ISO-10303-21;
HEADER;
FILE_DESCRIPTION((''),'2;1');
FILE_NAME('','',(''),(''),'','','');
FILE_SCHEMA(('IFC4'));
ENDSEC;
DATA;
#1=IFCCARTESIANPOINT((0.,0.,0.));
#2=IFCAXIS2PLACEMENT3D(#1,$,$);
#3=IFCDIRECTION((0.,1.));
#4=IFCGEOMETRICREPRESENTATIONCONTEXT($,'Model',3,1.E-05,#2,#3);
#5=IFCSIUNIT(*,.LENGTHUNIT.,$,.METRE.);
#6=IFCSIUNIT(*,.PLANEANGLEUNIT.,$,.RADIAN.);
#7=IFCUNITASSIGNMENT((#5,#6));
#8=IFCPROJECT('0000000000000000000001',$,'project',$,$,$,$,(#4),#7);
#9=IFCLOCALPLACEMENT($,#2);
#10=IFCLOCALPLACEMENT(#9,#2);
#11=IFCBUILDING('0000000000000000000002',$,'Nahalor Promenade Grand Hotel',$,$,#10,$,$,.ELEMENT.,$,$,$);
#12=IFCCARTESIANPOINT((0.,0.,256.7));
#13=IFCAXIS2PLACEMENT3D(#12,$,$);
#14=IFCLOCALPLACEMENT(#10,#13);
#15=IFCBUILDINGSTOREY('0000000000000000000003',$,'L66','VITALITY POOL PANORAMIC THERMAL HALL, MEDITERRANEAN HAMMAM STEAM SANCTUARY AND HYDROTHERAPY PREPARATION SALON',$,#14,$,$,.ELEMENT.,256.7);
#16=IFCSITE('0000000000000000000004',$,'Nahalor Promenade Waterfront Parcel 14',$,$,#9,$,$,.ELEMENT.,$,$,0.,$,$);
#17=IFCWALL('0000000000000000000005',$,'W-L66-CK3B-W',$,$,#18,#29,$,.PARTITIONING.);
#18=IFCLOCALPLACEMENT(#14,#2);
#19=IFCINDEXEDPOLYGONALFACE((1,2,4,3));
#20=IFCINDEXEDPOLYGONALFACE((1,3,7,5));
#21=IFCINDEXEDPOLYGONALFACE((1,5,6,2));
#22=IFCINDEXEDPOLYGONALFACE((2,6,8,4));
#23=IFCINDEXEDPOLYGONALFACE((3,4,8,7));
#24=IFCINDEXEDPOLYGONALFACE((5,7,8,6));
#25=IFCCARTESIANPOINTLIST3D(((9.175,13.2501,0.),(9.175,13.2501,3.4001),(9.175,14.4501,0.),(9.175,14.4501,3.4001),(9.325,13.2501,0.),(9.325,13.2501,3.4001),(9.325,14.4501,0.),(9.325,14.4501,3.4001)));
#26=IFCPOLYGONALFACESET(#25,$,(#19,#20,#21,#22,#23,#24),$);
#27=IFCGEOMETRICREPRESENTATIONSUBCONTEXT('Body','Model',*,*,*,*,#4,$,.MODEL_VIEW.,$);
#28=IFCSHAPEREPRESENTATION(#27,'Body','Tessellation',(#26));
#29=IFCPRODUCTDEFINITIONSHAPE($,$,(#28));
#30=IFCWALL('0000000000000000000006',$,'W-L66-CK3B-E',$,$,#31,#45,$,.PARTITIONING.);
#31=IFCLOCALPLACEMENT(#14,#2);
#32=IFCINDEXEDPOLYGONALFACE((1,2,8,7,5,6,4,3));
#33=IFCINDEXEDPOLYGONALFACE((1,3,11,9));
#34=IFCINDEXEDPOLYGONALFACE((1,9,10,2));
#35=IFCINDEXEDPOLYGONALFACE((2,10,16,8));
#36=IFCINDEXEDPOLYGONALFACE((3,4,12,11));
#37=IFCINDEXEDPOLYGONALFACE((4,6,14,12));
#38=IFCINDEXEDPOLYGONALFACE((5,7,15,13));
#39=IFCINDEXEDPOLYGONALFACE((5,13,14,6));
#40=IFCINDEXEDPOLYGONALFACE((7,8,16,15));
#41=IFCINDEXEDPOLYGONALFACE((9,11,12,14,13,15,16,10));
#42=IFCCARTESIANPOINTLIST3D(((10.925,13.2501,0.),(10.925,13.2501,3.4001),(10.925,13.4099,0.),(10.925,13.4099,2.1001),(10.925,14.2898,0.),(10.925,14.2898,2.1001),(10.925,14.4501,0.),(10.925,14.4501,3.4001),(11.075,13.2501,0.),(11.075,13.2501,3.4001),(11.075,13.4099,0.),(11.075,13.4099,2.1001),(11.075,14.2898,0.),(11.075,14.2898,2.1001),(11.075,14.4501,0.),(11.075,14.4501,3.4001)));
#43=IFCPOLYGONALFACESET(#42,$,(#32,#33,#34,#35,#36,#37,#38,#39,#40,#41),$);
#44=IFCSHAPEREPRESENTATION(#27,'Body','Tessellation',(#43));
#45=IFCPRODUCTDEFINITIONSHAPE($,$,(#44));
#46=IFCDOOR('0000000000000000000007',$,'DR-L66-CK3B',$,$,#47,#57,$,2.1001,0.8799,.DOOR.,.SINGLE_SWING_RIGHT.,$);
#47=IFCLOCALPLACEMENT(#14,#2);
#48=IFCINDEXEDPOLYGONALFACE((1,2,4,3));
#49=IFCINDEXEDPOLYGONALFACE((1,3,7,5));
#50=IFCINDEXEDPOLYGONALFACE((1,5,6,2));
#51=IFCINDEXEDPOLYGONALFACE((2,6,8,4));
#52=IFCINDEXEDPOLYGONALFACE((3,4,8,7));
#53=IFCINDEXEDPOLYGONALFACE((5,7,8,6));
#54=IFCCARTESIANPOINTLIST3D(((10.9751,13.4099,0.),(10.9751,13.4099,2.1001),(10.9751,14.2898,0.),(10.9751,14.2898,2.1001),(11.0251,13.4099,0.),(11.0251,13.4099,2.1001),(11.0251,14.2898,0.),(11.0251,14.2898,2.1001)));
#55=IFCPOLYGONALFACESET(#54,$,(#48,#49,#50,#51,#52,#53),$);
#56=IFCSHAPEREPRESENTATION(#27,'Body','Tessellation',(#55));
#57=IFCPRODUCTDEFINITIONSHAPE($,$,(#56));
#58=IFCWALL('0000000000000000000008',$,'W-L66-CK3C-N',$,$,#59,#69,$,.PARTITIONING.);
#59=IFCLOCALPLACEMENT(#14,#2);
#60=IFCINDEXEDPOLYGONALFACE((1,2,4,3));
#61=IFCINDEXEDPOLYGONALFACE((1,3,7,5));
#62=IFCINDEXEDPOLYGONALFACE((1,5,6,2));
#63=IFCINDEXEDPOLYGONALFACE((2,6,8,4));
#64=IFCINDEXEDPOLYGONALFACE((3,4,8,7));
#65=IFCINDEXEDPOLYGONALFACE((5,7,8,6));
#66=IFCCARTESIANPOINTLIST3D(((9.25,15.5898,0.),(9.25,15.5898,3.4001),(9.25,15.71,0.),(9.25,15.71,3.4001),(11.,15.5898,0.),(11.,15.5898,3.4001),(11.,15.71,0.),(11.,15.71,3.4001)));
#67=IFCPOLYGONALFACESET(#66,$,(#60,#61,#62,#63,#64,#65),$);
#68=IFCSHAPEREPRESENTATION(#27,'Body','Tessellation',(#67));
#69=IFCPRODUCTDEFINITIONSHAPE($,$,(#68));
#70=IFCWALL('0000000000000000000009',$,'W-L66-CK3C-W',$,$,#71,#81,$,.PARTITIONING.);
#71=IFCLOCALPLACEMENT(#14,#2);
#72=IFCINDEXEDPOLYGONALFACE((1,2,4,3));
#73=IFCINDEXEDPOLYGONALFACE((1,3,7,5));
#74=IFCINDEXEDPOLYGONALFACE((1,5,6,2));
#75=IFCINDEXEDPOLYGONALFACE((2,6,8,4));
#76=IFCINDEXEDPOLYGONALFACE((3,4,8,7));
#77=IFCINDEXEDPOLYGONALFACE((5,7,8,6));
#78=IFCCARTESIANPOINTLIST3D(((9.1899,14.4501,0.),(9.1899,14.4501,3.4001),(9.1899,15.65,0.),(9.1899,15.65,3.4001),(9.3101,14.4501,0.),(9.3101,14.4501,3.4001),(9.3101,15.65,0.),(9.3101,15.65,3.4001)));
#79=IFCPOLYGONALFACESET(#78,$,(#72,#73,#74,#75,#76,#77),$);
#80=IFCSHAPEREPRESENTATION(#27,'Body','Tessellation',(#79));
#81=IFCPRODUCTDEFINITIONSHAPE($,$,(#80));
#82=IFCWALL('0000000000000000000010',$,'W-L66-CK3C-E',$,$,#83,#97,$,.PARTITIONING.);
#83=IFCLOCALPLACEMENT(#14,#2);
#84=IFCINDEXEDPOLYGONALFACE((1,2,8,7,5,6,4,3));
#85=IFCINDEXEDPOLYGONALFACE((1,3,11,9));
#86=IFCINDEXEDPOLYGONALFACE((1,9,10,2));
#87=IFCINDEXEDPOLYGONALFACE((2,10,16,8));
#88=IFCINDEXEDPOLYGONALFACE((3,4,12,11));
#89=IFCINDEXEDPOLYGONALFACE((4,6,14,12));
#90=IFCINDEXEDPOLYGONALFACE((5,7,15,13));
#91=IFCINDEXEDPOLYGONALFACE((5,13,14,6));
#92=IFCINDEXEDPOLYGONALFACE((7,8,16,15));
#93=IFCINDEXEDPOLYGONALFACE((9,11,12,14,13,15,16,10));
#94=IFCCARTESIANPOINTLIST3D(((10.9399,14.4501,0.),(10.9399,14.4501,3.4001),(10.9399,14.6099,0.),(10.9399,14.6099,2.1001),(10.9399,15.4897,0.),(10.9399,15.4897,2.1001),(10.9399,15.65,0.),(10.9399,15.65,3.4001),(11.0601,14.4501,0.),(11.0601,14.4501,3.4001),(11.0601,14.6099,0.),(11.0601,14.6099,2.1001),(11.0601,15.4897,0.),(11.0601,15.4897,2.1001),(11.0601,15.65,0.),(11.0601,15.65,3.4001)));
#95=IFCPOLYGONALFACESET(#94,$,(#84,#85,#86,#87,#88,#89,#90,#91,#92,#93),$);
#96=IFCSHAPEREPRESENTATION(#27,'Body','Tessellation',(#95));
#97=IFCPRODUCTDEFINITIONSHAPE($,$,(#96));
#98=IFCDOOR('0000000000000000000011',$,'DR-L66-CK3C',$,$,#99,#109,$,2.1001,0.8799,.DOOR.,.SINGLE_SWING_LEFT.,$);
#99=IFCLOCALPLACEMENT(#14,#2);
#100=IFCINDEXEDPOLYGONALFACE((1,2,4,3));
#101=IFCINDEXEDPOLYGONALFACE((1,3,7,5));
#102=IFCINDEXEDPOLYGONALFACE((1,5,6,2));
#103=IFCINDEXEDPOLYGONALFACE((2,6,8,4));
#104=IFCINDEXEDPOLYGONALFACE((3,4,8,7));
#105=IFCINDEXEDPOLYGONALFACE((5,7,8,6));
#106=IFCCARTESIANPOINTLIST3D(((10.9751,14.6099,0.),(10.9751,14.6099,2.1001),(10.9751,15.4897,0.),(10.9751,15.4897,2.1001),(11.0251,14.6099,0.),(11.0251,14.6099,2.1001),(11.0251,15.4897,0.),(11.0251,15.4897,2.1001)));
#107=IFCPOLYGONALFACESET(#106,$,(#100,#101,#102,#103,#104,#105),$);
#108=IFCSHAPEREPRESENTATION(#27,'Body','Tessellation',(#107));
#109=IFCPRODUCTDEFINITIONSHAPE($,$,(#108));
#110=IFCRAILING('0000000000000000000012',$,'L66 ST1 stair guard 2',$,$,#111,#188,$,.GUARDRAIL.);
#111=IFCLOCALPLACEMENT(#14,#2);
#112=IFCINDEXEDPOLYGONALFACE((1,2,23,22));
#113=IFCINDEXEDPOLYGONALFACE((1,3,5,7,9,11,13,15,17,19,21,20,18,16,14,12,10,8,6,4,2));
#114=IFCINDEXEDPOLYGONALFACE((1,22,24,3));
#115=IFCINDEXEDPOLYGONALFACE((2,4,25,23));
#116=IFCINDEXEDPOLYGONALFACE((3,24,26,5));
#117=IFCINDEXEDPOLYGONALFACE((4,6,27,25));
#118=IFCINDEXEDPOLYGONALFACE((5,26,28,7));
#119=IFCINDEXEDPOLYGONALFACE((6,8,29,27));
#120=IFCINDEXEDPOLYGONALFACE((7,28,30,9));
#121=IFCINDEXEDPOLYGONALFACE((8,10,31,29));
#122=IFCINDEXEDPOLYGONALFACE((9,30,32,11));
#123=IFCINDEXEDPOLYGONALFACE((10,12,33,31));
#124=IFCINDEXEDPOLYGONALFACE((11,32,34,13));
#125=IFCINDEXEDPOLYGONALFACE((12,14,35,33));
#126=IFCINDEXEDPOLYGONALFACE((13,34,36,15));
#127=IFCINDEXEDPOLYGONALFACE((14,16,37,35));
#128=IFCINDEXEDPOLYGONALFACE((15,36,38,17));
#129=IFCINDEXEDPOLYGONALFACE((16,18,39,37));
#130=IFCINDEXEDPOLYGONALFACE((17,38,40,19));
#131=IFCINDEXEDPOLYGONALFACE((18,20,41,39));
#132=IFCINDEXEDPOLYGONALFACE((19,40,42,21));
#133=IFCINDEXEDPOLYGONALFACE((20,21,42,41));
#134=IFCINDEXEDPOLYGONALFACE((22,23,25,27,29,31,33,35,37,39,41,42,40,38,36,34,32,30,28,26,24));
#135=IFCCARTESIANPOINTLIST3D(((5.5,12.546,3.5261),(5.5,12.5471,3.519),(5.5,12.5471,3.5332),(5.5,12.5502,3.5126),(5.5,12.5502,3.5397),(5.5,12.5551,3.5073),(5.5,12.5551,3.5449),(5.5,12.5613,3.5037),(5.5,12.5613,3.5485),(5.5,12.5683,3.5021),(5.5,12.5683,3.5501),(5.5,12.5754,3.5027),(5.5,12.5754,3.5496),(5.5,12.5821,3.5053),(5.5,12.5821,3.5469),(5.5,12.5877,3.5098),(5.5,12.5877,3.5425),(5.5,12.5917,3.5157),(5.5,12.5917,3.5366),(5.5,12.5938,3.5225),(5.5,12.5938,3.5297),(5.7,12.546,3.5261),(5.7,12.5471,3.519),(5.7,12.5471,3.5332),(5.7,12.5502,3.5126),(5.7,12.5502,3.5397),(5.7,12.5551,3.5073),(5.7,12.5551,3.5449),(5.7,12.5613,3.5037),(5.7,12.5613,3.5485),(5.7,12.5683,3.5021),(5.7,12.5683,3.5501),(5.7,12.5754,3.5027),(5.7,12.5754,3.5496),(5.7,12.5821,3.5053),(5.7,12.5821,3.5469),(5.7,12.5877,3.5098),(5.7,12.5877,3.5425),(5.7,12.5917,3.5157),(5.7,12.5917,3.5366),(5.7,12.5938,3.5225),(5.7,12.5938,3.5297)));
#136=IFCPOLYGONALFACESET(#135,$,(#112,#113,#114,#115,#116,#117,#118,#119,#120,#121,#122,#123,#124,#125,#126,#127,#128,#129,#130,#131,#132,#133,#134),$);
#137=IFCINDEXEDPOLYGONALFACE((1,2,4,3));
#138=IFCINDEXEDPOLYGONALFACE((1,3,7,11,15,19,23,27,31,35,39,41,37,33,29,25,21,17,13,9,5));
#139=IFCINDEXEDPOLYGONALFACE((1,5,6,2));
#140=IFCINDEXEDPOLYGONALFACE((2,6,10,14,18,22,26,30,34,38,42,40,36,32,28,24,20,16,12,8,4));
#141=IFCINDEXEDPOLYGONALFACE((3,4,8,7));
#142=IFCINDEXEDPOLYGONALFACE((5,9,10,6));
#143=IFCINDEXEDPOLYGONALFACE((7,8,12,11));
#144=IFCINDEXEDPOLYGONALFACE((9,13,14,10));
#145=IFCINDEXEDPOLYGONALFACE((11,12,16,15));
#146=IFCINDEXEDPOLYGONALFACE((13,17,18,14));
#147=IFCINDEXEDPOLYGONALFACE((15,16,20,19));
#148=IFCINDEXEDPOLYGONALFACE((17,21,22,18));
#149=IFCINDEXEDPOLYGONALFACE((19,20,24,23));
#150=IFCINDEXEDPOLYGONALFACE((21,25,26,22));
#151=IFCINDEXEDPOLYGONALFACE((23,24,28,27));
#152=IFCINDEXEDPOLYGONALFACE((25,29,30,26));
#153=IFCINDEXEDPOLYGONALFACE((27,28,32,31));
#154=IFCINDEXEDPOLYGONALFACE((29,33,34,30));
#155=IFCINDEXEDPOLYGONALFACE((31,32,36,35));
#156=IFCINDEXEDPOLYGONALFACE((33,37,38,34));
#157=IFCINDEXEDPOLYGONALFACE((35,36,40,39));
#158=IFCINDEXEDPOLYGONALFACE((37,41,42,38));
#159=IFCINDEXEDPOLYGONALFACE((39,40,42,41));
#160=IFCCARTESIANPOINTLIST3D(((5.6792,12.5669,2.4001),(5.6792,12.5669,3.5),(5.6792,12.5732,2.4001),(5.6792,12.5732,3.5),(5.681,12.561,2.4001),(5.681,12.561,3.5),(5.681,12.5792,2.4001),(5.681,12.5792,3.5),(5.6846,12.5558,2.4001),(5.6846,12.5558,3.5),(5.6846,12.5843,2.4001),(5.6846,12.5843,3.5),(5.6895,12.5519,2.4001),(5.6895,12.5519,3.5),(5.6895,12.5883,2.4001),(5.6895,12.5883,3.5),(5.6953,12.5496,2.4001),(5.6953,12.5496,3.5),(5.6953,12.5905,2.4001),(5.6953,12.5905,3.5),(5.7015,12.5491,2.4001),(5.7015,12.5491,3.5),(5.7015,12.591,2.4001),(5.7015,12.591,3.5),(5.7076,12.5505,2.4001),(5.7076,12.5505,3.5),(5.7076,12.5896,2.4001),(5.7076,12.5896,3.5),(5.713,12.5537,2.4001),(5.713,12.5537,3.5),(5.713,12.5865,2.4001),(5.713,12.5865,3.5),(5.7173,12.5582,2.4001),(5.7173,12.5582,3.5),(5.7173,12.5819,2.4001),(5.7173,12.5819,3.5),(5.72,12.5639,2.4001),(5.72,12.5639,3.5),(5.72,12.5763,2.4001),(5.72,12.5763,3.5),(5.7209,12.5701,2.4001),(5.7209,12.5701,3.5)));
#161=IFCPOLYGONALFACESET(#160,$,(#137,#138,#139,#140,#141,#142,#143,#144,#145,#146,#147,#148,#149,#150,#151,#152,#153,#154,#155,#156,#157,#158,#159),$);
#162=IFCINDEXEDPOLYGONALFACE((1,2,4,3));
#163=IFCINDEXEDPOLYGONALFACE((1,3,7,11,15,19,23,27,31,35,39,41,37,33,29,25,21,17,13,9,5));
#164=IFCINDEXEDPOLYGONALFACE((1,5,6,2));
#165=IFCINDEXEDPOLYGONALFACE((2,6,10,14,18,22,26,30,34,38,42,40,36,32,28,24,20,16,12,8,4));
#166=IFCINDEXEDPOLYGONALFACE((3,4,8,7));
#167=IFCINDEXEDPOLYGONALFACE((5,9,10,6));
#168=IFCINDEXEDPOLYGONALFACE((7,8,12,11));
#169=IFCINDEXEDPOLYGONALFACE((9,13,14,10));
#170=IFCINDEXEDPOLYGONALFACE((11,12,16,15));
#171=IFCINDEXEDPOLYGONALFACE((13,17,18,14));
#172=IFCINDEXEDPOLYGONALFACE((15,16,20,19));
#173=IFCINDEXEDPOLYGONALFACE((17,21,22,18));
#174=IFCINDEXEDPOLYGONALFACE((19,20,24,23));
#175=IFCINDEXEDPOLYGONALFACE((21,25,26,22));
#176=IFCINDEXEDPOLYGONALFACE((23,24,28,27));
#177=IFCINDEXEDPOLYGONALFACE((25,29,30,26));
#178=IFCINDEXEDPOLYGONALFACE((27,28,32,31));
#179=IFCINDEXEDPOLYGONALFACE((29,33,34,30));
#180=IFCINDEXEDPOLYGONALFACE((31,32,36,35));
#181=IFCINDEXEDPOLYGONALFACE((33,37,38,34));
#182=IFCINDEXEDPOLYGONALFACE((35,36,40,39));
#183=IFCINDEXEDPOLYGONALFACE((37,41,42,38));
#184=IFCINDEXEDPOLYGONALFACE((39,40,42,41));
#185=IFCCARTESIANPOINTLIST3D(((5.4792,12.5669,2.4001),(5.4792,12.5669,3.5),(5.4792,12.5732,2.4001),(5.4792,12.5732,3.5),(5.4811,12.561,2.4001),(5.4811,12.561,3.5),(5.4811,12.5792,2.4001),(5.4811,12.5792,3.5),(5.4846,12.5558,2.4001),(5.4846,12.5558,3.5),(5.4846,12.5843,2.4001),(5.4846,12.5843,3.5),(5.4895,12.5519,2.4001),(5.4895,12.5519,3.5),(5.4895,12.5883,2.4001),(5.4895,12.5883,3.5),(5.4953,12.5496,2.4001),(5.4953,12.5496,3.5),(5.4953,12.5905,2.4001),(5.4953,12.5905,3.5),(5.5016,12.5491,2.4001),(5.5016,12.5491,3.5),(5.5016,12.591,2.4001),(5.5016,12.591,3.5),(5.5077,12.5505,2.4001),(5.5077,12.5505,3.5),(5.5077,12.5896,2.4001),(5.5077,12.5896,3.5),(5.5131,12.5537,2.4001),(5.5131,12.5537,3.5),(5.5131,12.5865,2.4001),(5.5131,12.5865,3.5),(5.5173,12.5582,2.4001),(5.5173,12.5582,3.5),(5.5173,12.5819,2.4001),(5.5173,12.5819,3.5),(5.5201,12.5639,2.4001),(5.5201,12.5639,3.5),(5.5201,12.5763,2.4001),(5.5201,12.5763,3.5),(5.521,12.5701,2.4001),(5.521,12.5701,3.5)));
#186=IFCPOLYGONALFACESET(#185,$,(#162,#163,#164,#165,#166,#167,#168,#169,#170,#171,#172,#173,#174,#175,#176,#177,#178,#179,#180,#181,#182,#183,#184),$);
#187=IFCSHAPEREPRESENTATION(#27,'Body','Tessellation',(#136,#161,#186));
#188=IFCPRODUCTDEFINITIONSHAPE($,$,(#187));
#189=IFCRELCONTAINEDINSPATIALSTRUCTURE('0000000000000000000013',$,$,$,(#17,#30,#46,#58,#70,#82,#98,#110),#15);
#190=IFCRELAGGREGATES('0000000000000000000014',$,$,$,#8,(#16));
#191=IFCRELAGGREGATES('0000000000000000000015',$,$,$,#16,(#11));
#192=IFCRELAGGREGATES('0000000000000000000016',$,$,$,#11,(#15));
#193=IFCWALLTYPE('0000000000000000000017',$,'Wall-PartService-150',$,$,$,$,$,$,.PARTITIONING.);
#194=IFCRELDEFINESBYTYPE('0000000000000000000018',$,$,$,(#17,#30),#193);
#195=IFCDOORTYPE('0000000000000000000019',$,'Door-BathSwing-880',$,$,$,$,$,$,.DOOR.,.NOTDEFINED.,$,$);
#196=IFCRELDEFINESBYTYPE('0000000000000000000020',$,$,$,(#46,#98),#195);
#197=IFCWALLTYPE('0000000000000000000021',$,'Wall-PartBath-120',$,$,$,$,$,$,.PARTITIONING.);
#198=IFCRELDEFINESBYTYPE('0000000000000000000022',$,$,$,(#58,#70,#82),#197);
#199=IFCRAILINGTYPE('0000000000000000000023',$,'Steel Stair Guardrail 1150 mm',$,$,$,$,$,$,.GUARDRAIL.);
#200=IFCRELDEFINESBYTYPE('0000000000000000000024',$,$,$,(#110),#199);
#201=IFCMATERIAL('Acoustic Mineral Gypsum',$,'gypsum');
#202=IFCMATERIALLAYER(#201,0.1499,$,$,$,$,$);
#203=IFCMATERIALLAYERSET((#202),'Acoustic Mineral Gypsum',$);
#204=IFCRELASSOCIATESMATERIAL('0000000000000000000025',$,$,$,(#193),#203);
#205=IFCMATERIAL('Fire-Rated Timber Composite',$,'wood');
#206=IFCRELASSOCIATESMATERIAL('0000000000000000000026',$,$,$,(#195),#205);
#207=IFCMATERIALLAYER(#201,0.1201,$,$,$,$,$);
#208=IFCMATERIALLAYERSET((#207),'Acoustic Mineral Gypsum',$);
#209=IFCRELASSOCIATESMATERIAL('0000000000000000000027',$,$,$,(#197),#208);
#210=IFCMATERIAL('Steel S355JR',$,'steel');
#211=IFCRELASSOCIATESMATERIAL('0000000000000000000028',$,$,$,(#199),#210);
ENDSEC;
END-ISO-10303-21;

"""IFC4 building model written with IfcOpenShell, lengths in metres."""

from ifc_helpers import new_model, si_unit, direction, frame, frame_2d, origin, origin_2d, place, context, subcontext, project, spatial, rectangle, circle, extrude, source, transform, mapped, material, layer, layer_set, type_object, element, fill, save


model = new_model("IFC4")

# Units and contexts
model_context = context("Model", 3, precision=1e-05, world=origin(), true_north=direction((0.0, 1.0)))
body_context = subcontext(model_context, "Body", "Model", "MODEL_VIEW")
ifc_project = project(units=[si_unit("LENGTHUNIT", "METRE"), si_unit("PLANEANGLEUNIT", "RADIAN")], contexts=[model_context])

# Site, building, storey
site_placement = place(None, origin())
site = spatial("IfcSite", under=ifc_project, at=site_placement, Name="Nahalor Promenade Waterfront Parcel 14", CompositionType="ELEMENT", RefElevation=0.0)
building_placement = place(site_placement, origin())
building = spatial("IfcBuilding", under=site, at=building_placement, Name="Nahalor Promenade Grand Hotel", CompositionType="ELEMENT")
storey_placement = place(building_placement, frame((0.0, 0.0, 256.7)))
storey = spatial("IfcBuildingStorey", under=building, at=storey_placement, Name="L66", Description="VITALITY POOL PANORAMIC THERMAL HALL, MEDITERRANEAN HAMMAM STEAM SANCTUARY AND HYDROTHERAPY PREPARATION SALON", CompositionType="ELEMENT", Elevation=256.7)

# Shared definitions
ifc_material_1 = material(Name="Steel S355JR", Category="steel")

# Wall
ifc_material_2 = material(Name="Acoustic Mineral Gypsum", Category="gypsum")
ifc_layer_1 = layer(ifc_material_2, 0.1499)
ifc_layer_set_1 = layer_set([ifc_layer_1], Name="Acoustic Mineral Gypsum")
wall_type_1 = type_object("IfcWallType", Name="Wall-PartService-150", PredefinedType="PARTITIONING", material=ifc_layer_set_1)
shared_shape_1 = source(origin(), body_context, "Body", "SweptSolid", [
    extrude(rectangle(XDim=1.2, YDim=0.1499, at=frame_2d((0.6001, 0.0))), origin(), (0.0, 0.0, 1.0), 3.4001),
])
wall_1_placement = place(storey_placement, frame((9.25, 13.25, 0.0), z_axis=(0.0, 0.0, 1.0), x_axis=(0.0, 1.0, 0.0)))
element("IfcWall", 1, at=wall_1_placement, inside=storey, type_object=wall_type_1, Name="W-L66-CK3B-W", PredefinedType="PARTITIONING", context=body_context, shape_type="MappedRepresentation", body=[
    mapped(shared_shape_1, transform((0.0, 0.0, 0.0), scale=1.0)),
])

# Wall, opening, door
wall_2_placement = place(storey_placement, frame((11.0, 13.25, 0.0), z_axis=(0.0, 0.0, 1.0), x_axis=(0.0, 1.0, 0.0)))
wall_2 = element("IfcWall", 2, at=wall_2_placement, inside=storey, type_object=wall_type_1, Name="W-L66-CK3B-E", PredefinedType="PARTITIONING", context=body_context, shape_type="MappedRepresentation", body=[
    mapped(shared_shape_1, transform((0.0, 0.0, 0.0), scale=1.0)),
])
opening_1_placement = place(wall_2_placement, frame((0.1599, 0.0, 0.0)))
opening_1 = element("IfcOpeningElement", 3, at=opening_1_placement, cuts=wall_2, PredefinedType="OPENING", context=body_context, shape_type="SweptSolid", body=[
    extrude(rectangle(XDim=0.8799, YDim=2.1001, at=frame_2d((0.4399, 1.05))), frame((0.0, 0.085, 0.0), z_axis=(0.0, -1.0, 0.0), x_axis=(1.0, 0.0, 0.0)), (0.0, 0.0, 1.0), 0.1699),
])
ifc_material_3 = material(Name="Fire-Rated Timber Composite", Category="wood")
door_type_1 = type_object("IfcDoorType", Name="Door-BathSwing-880", OperationType="NOTDEFINED", PredefinedType="DOOR", material=ifc_material_3)
shared_shape_2 = source(origin(), body_context, "Body", "SweptSolid", [
    extrude(rectangle(XDim=0.8799, YDim=2.1001, at=frame_2d((0.4399, 1.05))), frame((0.0, 0.0249, 0.0), z_axis=(0.0, -1.0, 0.0), x_axis=(1.0, 0.0, 0.0)), (0.0, 0.0, 1.0), 0.05),
])
door_1_placement = place(opening_1_placement, origin())
door_1 = element("IfcDoor", 4, at=door_1_placement, inside=storey, type_object=door_type_1, Name="DR-L66-CK3B", OperationType="SINGLE_SWING_RIGHT", OverallHeight=2.1001, OverallWidth=0.8799, PredefinedType="DOOR", context=body_context, shape_type="MappedRepresentation", body=[
    mapped(shared_shape_2, transform((0.0, 0.0, 0.0), scale=1.0)),
])
fill(opening_1, door_1)

# Walls
ifc_layer_2 = layer(ifc_material_2, 0.1201)
ifc_layer_set_2 = layer_set([ifc_layer_2], Name="Acoustic Mineral Gypsum")
wall_type_2 = type_object("IfcWallType", Name="Wall-PartBath-120", PredefinedType="PARTITIONING", material=ifc_layer_set_2)
shared_shape_3 = source(origin(), body_context, "Body", "SweptSolid", [
    extrude(rectangle(XDim=1.75, YDim=0.1201, at=frame_2d((0.875, 0.0))), origin(), (0.0, 0.0, 1.0), 3.4001),
])
wall_3_placement = place(storey_placement, frame((9.25, 15.6499, 0.0), z_axis=(0.0, 0.0, 1.0), x_axis=(1.0, 0.0, 0.0)))
element("IfcWall", 5, at=wall_3_placement, inside=storey, type_object=wall_type_2, Name="W-L66-CK3C-N", PredefinedType="PARTITIONING", context=body_context, shape_type="MappedRepresentation", body=[
    mapped(shared_shape_3, transform((0.0, 0.0, 0.0), scale=1.0)),
])
shared_shape_4 = source(origin(), body_context, "Body", "SweptSolid", [
    extrude(rectangle(XDim=1.2, YDim=0.1201, at=frame_2d((0.6001, 0.0))), origin(), (0.0, 0.0, 1.0), 3.4001),
])
wall_4_placement = place(storey_placement, frame((9.25, 14.45, 0.0), z_axis=(0.0, 0.0, 1.0), x_axis=(0.0, 1.0, 0.0)))
element("IfcWall", 6, at=wall_4_placement, inside=storey, type_object=wall_type_2, Name="W-L66-CK3C-W", PredefinedType="PARTITIONING", context=body_context, shape_type="MappedRepresentation", body=[
    mapped(shared_shape_4, transform((0.0, 0.0, 0.0), scale=1.0)),
])

# Wall, opening, door
wall_5_placement = place(storey_placement, frame((11.0, 14.45, 0.0), z_axis=(0.0, 0.0, 1.0), x_axis=(0.0, 1.0, 0.0)))
wall_5 = element("IfcWall", 7, at=wall_5_placement, inside=storey, type_object=wall_type_2, Name="W-L66-CK3C-E", PredefinedType="PARTITIONING", context=body_context, shape_type="MappedRepresentation", body=[
    mapped(shared_shape_4, transform((0.0, 0.0, 0.0), scale=1.0)),
])
opening_2_placement = place(wall_5_placement, frame((0.1599, 0.0, 0.0)))
opening_2 = element("IfcOpeningElement", 8, at=opening_2_placement, cuts=wall_5, PredefinedType="OPENING", context=body_context, shape_type="SweptSolid", body=[
    extrude(rectangle(XDim=0.8799, YDim=2.1001, at=frame_2d((0.4399, 1.05))), frame((0.0, 0.0701, 0.0), z_axis=(0.0, -1.0, 0.0), x_axis=(1.0, 0.0, 0.0)), (0.0, 0.0, 1.0), 0.1401),
])
door_2_placement = place(opening_2_placement, origin())
door_2 = element("IfcDoor", 9, at=door_2_placement, inside=storey, type_object=door_type_1, Name="DR-L66-CK3C", OperationType="SINGLE_SWING_LEFT", OverallHeight=2.1001, OverallWidth=0.8799, PredefinedType="DOOR", context=body_context, shape_type="MappedRepresentation", body=[
    mapped(shared_shape_2, transform((0.0, 0.0, 0.0), scale=1.0)),
])
fill(opening_2, door_2)

# Railing
railing_type = type_object("IfcRailingType", Name="Steel Stair Guardrail 1150 mm", PredefinedType="GUARDRAIL", material=ifc_material_1)
railing_placement = place(storey_placement, frame((5.7, 12.5701, 2.4001)))
element("IfcRailing", 10, at=railing_placement, inside=storey, type_object=railing_type, Name="L66 ST1 stair guard 2", PredefinedType="GUARDRAIL", context=body_context, shape_type="SweptSolid", body=[
    extrude(circle(Radius=0.024, at=origin_2d()), frame((0.0, 0.0, 1.126), z_axis=(-1.0, 0.0, 0.0), x_axis=(0.0, -1.0, 0.0)), (0.0, 0.0, 1.0), 0.2),
    extrude(circle(Radius=0.021, at=origin_2d()), origin(), (0.0, 0.0, 1.0), 1.0999),
    extrude(circle(Radius=0.021, at=origin_2d()), frame((-0.2, 0.0, 0.0)), (0.0, 0.0, 1.0), 1.0999),
])

save(model, "model.ifc")
